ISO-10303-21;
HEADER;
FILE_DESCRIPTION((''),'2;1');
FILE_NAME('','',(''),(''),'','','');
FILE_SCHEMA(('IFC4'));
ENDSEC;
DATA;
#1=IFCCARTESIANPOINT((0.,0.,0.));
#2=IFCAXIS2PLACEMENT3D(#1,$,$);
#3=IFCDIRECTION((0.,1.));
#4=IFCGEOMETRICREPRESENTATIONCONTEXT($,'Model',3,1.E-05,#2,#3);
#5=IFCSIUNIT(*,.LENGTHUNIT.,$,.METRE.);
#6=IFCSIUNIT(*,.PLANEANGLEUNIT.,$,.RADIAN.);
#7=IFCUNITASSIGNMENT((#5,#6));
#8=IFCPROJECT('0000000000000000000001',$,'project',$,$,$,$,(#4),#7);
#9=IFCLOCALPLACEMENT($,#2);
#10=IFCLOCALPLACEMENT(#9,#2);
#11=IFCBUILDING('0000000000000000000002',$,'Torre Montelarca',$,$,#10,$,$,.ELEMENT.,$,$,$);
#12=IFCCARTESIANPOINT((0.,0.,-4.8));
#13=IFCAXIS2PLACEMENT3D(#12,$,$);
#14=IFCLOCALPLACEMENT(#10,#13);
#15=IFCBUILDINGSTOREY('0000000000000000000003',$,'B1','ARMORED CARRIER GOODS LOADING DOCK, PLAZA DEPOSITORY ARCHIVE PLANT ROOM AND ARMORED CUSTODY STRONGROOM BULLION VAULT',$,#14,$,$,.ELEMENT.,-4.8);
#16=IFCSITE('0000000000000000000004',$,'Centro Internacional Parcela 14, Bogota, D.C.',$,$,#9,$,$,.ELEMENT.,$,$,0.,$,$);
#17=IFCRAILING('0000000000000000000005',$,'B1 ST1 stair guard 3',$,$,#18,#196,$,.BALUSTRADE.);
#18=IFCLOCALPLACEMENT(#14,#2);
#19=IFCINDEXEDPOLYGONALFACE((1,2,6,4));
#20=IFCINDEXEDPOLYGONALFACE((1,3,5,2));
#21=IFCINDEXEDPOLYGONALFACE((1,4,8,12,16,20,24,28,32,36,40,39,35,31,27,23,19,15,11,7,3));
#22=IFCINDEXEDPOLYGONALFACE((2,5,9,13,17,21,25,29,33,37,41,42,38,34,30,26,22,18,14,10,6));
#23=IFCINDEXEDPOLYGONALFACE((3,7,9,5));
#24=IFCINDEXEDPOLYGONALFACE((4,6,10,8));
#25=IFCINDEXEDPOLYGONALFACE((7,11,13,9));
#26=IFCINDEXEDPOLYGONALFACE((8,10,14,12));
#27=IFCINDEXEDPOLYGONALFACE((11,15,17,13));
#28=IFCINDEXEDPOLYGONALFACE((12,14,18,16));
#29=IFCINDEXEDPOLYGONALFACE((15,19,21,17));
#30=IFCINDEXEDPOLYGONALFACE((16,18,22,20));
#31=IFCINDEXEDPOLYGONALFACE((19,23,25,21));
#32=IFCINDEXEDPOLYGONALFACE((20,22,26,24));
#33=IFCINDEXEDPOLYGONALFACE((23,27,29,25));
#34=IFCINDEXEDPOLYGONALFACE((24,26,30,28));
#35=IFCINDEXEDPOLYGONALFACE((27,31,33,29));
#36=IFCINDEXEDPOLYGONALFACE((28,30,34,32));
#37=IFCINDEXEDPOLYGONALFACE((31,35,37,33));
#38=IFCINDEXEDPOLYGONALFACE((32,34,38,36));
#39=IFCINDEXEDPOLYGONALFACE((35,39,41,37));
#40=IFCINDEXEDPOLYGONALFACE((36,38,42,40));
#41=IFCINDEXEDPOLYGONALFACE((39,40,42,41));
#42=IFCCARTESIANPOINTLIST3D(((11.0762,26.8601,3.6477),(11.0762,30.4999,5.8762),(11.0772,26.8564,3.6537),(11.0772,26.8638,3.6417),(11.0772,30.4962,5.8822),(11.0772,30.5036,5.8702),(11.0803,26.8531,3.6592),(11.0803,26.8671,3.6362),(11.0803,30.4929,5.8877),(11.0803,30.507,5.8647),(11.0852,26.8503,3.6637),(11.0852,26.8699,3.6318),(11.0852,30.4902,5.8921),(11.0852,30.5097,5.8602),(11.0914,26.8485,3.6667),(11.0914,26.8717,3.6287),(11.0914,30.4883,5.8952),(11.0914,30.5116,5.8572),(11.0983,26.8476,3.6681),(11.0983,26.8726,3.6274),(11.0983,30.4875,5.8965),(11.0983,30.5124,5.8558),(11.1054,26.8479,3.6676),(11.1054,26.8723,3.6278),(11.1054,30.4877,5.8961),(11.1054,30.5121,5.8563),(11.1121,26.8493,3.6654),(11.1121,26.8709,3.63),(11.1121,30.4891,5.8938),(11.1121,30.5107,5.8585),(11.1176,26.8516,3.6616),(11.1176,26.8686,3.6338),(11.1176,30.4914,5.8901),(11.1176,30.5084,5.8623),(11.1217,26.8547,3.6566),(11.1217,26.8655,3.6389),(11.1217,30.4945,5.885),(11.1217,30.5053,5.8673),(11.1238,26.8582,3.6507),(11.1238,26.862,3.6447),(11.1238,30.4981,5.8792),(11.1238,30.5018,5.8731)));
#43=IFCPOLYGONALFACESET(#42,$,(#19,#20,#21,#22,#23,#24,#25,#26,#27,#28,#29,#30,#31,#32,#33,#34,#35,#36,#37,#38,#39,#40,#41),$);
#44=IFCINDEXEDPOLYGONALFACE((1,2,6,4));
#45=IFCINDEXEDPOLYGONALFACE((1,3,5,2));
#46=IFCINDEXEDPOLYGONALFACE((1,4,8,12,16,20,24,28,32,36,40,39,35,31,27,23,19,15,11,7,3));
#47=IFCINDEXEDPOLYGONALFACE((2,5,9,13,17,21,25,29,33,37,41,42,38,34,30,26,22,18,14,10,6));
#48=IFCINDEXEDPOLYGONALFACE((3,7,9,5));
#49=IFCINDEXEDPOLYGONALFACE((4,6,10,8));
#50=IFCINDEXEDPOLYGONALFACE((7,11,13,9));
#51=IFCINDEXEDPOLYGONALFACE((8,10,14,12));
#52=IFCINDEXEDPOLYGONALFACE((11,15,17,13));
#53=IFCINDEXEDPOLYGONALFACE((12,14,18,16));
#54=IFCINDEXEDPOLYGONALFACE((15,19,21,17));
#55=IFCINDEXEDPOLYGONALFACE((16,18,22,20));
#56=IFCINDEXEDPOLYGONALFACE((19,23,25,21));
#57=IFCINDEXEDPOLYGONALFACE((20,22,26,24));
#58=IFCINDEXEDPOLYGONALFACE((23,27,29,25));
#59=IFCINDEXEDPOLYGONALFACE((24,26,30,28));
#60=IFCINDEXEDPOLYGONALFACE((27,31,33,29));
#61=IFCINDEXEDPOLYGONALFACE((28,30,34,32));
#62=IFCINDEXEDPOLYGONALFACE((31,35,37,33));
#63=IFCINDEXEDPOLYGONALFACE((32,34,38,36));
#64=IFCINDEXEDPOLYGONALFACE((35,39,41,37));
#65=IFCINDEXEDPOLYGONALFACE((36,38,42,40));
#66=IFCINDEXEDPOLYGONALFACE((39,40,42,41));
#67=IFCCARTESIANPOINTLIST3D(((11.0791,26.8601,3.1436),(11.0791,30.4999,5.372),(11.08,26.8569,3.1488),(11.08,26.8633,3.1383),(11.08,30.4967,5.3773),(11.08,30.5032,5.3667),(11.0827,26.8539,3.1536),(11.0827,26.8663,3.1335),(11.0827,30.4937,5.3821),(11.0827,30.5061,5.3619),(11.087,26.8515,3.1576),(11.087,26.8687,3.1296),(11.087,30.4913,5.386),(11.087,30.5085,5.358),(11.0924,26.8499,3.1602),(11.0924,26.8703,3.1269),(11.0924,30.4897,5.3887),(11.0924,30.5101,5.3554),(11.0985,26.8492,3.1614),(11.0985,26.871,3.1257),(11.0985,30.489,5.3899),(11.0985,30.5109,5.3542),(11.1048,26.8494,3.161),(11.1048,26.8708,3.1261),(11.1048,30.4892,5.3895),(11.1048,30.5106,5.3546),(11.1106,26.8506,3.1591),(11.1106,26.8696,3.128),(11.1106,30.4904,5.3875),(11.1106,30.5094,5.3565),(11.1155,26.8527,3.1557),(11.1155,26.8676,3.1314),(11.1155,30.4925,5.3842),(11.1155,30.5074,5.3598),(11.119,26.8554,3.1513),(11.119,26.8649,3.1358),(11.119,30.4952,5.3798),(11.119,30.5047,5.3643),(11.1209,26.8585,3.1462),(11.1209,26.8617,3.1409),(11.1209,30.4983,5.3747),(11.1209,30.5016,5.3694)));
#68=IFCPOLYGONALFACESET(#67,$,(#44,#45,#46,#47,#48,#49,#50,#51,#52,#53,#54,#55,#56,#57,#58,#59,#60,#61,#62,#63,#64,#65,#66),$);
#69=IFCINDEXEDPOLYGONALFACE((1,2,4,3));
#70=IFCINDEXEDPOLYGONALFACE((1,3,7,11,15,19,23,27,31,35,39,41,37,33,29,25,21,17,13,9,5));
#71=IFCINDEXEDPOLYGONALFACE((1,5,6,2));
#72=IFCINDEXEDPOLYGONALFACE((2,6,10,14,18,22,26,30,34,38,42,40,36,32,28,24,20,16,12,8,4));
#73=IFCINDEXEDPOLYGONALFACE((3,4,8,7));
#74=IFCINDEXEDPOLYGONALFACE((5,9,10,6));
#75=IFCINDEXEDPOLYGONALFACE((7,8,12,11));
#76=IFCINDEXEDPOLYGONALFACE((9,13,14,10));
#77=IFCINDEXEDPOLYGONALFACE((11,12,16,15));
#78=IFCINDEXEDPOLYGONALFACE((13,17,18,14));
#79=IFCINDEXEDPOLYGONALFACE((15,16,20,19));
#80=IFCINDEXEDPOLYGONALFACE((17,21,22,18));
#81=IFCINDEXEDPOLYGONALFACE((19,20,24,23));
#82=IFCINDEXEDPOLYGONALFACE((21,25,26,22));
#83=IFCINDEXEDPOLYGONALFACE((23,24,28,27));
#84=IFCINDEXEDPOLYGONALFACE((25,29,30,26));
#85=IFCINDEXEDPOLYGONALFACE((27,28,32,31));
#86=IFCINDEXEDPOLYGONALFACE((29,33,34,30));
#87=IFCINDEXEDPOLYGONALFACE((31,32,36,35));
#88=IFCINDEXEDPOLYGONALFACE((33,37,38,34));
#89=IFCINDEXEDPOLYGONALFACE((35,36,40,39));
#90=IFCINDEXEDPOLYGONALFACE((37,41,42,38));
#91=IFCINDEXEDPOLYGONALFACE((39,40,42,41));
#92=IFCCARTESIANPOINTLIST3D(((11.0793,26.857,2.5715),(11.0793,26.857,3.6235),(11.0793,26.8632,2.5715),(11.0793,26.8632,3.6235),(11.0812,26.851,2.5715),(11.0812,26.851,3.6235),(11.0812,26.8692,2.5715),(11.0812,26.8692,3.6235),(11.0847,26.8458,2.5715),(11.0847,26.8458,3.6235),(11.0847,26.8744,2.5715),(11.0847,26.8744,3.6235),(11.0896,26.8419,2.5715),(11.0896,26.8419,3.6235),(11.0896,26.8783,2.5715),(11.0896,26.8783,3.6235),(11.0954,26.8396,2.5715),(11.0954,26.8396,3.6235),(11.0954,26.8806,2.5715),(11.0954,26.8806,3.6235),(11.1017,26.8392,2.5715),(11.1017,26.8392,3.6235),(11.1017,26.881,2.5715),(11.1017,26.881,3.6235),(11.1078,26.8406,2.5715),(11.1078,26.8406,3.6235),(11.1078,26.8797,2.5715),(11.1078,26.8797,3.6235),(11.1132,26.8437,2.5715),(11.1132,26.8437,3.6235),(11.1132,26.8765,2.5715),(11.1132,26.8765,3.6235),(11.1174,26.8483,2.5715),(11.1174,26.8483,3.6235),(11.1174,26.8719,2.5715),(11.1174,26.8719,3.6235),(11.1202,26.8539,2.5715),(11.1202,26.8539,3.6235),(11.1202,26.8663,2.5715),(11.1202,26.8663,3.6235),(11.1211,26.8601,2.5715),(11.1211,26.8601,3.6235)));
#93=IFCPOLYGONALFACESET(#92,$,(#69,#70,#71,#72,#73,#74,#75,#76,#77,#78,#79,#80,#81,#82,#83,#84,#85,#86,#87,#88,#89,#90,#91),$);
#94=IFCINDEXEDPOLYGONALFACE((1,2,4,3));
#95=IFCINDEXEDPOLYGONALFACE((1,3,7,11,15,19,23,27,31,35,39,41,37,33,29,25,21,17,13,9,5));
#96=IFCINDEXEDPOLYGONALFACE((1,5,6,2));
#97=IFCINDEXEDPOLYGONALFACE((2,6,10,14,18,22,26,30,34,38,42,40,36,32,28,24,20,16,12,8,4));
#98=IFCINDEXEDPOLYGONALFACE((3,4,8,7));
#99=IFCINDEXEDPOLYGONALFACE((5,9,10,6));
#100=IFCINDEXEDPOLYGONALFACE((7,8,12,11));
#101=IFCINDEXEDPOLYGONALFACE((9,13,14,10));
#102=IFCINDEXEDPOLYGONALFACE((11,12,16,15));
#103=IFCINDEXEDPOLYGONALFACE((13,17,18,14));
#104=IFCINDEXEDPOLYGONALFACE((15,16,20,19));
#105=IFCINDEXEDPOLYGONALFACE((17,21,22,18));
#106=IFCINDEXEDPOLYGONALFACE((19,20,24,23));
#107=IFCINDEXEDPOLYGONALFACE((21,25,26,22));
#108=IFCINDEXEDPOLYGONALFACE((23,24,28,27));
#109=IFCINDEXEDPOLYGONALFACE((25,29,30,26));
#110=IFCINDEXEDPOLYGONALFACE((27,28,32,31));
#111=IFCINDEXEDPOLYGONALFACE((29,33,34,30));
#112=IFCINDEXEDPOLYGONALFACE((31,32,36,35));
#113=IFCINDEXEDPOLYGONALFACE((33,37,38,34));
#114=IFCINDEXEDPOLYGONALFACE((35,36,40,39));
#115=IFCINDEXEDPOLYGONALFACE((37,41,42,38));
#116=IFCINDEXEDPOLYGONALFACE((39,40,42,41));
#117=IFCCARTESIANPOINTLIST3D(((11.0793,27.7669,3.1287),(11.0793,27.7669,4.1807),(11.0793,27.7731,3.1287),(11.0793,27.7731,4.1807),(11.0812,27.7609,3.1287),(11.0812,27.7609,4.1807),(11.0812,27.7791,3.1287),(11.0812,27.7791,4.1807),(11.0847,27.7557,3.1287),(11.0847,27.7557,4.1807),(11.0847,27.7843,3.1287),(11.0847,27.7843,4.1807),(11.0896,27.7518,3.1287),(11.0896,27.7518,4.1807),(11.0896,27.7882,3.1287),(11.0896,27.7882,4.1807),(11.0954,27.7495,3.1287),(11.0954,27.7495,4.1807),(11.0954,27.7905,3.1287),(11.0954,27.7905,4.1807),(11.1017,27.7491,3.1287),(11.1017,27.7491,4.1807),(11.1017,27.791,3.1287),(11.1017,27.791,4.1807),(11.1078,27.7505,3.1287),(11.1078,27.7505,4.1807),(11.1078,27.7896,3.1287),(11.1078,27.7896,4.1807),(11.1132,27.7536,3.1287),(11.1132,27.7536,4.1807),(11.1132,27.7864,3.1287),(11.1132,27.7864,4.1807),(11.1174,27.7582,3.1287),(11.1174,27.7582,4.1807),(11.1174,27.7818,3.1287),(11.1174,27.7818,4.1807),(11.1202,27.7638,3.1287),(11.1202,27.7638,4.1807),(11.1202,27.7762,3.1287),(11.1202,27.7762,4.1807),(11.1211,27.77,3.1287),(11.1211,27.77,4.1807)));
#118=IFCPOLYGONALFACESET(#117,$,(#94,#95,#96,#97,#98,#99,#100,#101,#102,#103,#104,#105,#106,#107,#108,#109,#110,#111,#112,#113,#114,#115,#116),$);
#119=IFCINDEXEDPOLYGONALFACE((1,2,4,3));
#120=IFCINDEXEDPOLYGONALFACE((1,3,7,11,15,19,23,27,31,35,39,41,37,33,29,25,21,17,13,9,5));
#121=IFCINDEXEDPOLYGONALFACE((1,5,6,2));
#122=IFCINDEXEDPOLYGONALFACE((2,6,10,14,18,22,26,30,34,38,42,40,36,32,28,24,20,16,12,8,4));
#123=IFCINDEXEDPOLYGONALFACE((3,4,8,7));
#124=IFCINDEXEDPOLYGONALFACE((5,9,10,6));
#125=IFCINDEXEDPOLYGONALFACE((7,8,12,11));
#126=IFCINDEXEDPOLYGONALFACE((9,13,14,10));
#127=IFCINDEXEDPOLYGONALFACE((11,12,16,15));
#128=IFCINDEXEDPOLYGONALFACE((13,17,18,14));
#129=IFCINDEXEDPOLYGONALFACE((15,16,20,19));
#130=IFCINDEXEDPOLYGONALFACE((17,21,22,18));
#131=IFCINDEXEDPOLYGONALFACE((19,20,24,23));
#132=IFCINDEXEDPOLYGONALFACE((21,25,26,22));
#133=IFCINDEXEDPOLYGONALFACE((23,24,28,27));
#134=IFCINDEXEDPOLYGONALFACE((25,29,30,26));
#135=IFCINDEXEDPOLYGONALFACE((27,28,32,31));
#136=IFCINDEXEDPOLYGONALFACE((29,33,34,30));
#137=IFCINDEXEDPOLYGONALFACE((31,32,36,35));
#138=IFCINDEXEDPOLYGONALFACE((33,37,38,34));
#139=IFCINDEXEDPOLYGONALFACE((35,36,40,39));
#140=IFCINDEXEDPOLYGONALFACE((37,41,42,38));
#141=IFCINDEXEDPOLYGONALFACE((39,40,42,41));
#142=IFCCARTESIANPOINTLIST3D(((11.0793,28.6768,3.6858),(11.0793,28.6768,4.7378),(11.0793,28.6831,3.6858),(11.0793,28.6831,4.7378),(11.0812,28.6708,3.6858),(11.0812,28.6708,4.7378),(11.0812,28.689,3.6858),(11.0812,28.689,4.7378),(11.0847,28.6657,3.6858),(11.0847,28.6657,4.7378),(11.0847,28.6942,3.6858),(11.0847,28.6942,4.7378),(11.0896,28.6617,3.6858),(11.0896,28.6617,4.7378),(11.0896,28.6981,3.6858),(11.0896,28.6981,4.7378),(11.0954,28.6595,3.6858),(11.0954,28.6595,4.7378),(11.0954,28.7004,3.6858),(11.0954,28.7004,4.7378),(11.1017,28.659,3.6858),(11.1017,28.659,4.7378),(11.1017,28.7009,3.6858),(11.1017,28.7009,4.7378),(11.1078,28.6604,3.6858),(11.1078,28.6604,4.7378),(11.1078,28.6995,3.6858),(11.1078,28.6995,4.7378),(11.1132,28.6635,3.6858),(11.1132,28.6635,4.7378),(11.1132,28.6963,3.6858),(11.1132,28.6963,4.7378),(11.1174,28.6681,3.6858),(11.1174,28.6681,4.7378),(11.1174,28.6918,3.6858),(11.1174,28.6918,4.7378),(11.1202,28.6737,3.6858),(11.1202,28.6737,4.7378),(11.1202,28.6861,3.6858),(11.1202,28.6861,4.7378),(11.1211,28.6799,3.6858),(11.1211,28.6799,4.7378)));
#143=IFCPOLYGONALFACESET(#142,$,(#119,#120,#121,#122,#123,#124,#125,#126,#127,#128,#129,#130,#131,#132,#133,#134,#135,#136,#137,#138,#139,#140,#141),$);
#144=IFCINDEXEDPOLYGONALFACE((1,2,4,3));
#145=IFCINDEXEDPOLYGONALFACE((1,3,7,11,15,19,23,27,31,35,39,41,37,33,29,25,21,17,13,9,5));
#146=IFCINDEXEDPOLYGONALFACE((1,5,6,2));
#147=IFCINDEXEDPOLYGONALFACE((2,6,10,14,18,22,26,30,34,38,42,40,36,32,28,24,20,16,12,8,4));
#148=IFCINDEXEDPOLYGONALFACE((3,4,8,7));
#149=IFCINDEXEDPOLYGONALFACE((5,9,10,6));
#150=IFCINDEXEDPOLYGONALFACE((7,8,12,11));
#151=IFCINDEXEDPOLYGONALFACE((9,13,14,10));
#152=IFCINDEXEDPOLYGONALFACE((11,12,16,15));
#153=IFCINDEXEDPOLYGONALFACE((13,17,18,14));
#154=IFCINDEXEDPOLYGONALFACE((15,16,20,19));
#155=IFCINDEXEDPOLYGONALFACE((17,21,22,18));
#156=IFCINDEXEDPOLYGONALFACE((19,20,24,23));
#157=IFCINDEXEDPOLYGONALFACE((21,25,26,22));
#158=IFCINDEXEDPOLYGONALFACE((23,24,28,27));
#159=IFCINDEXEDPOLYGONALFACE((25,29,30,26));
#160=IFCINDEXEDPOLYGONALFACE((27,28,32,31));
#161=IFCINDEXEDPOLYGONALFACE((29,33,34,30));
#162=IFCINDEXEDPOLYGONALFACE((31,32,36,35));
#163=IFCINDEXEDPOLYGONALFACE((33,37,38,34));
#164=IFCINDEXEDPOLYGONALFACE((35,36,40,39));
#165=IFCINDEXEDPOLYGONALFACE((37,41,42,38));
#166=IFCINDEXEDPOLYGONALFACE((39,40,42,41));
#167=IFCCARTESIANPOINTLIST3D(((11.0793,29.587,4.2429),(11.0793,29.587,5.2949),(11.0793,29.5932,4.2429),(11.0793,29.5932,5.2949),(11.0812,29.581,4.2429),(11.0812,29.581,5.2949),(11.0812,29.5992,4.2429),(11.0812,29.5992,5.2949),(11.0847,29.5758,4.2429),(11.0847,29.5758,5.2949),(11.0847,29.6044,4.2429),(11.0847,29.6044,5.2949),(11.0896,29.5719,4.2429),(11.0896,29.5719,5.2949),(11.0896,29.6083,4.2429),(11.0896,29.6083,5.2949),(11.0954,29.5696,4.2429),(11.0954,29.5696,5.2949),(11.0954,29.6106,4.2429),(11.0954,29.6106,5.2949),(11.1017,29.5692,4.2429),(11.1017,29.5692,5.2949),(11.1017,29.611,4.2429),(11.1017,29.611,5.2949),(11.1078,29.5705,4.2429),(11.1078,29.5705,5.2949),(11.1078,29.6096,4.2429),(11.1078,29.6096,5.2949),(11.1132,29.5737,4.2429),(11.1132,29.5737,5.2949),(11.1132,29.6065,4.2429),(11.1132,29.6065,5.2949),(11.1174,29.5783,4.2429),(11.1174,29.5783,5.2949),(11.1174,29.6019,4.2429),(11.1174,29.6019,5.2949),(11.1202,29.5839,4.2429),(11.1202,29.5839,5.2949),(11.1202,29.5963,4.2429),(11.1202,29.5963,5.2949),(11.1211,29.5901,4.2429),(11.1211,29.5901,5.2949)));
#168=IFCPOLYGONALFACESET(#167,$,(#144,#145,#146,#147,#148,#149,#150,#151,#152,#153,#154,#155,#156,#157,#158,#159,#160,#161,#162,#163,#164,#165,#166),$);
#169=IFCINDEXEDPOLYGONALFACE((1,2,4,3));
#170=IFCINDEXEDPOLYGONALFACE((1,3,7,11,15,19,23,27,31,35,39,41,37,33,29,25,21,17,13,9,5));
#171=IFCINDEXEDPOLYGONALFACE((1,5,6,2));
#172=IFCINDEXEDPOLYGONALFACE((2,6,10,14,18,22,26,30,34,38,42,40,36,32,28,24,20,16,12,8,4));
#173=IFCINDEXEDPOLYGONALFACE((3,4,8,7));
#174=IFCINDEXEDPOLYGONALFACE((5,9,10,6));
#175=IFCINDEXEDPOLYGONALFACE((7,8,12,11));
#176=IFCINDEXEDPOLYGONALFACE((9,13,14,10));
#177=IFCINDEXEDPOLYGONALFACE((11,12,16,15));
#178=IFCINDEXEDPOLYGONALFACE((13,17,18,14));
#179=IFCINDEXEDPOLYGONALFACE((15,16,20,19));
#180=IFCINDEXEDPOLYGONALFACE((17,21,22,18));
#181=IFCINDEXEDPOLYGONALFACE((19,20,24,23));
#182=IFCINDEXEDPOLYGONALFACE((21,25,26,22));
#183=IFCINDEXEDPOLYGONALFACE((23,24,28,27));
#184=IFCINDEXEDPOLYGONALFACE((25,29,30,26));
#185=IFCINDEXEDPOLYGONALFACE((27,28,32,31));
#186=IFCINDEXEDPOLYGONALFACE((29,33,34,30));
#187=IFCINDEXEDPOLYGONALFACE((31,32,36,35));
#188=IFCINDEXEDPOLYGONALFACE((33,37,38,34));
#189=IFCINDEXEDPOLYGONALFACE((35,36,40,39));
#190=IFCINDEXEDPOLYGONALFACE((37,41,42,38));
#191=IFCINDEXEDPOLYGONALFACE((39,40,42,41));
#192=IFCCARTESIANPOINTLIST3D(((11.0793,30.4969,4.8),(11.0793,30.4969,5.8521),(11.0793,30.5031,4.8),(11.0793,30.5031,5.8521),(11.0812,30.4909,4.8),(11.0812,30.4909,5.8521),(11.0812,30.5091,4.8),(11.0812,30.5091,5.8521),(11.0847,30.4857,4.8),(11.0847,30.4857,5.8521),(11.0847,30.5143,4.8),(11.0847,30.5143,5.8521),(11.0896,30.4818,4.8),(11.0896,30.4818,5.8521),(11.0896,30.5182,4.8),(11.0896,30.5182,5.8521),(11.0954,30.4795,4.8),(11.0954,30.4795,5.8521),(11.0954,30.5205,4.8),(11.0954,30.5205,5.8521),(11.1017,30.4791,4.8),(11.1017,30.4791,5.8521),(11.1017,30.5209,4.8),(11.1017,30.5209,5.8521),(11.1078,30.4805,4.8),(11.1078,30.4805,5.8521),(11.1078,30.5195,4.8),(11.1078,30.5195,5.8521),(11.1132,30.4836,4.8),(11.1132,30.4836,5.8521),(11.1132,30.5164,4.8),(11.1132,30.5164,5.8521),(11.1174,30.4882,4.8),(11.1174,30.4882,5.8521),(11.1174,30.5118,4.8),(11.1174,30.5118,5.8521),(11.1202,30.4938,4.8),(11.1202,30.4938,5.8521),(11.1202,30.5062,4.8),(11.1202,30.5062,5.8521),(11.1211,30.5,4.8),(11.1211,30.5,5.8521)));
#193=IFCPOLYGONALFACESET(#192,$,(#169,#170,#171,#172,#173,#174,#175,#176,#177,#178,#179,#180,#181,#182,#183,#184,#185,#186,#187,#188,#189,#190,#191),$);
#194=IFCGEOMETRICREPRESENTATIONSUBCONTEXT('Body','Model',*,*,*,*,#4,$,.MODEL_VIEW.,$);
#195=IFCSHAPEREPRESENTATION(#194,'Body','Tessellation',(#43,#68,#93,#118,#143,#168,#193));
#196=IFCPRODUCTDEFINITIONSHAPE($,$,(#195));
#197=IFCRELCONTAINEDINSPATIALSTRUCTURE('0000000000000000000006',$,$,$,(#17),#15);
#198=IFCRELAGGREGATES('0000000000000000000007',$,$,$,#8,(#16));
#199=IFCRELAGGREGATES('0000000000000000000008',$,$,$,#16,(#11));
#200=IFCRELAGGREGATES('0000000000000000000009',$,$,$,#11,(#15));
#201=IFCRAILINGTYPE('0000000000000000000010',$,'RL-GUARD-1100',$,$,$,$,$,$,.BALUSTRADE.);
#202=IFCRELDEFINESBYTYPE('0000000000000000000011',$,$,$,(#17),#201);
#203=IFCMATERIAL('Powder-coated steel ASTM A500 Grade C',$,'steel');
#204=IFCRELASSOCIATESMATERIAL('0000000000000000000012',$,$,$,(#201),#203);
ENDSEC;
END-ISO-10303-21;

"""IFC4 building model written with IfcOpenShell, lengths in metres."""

from ifc_helpers import new_model, si_unit, direction, frame, origin, origin_2d, place, context, subcontext, project, spatial, circle, extrude, material, type_object, element, save


model = new_model("IFC4")

# Units and contexts
model_context = context("Model", 3, precision=1e-05, world=origin(), true_north=direction((0.0, 1.0)))
body_context = subcontext(model_context, "Body", "Model", "MODEL_VIEW")
ifc_project = project(units=[si_unit("LENGTHUNIT", "METRE"), si_unit("PLANEANGLEUNIT", "RADIAN")], contexts=[model_context])

# Site, building, storey
site_placement = place(None, origin())
site = spatial("IfcSite", under=ifc_project, at=site_placement, Name="Centro Internacional Parcela 14, Bogota, D.C.", CompositionType="ELEMENT", RefElevation=0.0)
building_placement = place(site_placement, origin())
building = spatial("IfcBuilding", under=site, at=building_placement, Name="Torre Montelarca", CompositionType="ELEMENT")
storey_placement = place(building_placement, frame((0.0, 0.0, -4.8)))
storey = spatial("IfcBuildingStorey", under=building, at=storey_placement, Name="B1", Description="ARMORED CARRIER GOODS LOADING DOCK, PLAZA DEPOSITORY ARCHIVE PLANT ROOM AND ARMORED CUSTODY STRONGROOM BULLION VAULT", CompositionType="ELEMENT", Elevation=-4.8)

# Railing
ifc_material_1 = material(Name="Powder-coated steel ASTM A500 Grade C", Category="steel")
railing_type_1 = type_object("IfcRailingType", Name="RL-GUARD-1100", PredefinedType="BALUSTRADE", material=ifc_material_1)
railing_1_placement = place(storey_placement, frame((11.1001, 26.8601, 2.5715)))
element("IfcRailing", 1, at=railing_1_placement, inside=storey, type_object=railing_type_1, Name="B1 ST1 stair guard 3", PredefinedType="BALUSTRADE", context=body_context, shape_type="SweptSolid", body=[
    extrude(circle(Radius=0.0239, at=origin_2d()), frame((0.0, 0.0, 1.0762), z_axis=(0.0, 0.85285, 0.522156), x_axis=(-1.0, 0.0, 0.0)), (0.0, 0.0, 1.0), 4.2678),
    extrude(circle(Radius=0.021, at=origin_2d()), frame((0.0, 0.0, 0.572), z_axis=(0.0, 0.85285, 0.522156), x_axis=(-1.0, 0.0, 0.0)), (0.0, 0.0, 1.0), 4.2678),
    extrude(circle(Radius=0.021, at=origin_2d()), origin(), (0.0, 0.0, 1.0), 1.052),
    extrude(circle(Radius=0.021, at=origin_2d()), frame((0.0, 0.9099, 0.5571)), (0.0, 0.0, 1.0), 1.052),
    extrude(circle(Radius=0.021, at=origin_2d()), frame((0.0, 1.8198, 1.1143)), (0.0, 0.0, 1.0), 1.052),
    extrude(circle(Radius=0.021, at=origin_2d()), frame((0.0, 2.73, 1.6714)), (0.0, 0.0, 1.0), 1.052),
    extrude(circle(Radius=0.021, at=origin_2d()), frame((0.0, 3.6399, 2.2285)), (0.0, 0.0, 1.0), 1.052),
])

save(model, "model.ifc")
